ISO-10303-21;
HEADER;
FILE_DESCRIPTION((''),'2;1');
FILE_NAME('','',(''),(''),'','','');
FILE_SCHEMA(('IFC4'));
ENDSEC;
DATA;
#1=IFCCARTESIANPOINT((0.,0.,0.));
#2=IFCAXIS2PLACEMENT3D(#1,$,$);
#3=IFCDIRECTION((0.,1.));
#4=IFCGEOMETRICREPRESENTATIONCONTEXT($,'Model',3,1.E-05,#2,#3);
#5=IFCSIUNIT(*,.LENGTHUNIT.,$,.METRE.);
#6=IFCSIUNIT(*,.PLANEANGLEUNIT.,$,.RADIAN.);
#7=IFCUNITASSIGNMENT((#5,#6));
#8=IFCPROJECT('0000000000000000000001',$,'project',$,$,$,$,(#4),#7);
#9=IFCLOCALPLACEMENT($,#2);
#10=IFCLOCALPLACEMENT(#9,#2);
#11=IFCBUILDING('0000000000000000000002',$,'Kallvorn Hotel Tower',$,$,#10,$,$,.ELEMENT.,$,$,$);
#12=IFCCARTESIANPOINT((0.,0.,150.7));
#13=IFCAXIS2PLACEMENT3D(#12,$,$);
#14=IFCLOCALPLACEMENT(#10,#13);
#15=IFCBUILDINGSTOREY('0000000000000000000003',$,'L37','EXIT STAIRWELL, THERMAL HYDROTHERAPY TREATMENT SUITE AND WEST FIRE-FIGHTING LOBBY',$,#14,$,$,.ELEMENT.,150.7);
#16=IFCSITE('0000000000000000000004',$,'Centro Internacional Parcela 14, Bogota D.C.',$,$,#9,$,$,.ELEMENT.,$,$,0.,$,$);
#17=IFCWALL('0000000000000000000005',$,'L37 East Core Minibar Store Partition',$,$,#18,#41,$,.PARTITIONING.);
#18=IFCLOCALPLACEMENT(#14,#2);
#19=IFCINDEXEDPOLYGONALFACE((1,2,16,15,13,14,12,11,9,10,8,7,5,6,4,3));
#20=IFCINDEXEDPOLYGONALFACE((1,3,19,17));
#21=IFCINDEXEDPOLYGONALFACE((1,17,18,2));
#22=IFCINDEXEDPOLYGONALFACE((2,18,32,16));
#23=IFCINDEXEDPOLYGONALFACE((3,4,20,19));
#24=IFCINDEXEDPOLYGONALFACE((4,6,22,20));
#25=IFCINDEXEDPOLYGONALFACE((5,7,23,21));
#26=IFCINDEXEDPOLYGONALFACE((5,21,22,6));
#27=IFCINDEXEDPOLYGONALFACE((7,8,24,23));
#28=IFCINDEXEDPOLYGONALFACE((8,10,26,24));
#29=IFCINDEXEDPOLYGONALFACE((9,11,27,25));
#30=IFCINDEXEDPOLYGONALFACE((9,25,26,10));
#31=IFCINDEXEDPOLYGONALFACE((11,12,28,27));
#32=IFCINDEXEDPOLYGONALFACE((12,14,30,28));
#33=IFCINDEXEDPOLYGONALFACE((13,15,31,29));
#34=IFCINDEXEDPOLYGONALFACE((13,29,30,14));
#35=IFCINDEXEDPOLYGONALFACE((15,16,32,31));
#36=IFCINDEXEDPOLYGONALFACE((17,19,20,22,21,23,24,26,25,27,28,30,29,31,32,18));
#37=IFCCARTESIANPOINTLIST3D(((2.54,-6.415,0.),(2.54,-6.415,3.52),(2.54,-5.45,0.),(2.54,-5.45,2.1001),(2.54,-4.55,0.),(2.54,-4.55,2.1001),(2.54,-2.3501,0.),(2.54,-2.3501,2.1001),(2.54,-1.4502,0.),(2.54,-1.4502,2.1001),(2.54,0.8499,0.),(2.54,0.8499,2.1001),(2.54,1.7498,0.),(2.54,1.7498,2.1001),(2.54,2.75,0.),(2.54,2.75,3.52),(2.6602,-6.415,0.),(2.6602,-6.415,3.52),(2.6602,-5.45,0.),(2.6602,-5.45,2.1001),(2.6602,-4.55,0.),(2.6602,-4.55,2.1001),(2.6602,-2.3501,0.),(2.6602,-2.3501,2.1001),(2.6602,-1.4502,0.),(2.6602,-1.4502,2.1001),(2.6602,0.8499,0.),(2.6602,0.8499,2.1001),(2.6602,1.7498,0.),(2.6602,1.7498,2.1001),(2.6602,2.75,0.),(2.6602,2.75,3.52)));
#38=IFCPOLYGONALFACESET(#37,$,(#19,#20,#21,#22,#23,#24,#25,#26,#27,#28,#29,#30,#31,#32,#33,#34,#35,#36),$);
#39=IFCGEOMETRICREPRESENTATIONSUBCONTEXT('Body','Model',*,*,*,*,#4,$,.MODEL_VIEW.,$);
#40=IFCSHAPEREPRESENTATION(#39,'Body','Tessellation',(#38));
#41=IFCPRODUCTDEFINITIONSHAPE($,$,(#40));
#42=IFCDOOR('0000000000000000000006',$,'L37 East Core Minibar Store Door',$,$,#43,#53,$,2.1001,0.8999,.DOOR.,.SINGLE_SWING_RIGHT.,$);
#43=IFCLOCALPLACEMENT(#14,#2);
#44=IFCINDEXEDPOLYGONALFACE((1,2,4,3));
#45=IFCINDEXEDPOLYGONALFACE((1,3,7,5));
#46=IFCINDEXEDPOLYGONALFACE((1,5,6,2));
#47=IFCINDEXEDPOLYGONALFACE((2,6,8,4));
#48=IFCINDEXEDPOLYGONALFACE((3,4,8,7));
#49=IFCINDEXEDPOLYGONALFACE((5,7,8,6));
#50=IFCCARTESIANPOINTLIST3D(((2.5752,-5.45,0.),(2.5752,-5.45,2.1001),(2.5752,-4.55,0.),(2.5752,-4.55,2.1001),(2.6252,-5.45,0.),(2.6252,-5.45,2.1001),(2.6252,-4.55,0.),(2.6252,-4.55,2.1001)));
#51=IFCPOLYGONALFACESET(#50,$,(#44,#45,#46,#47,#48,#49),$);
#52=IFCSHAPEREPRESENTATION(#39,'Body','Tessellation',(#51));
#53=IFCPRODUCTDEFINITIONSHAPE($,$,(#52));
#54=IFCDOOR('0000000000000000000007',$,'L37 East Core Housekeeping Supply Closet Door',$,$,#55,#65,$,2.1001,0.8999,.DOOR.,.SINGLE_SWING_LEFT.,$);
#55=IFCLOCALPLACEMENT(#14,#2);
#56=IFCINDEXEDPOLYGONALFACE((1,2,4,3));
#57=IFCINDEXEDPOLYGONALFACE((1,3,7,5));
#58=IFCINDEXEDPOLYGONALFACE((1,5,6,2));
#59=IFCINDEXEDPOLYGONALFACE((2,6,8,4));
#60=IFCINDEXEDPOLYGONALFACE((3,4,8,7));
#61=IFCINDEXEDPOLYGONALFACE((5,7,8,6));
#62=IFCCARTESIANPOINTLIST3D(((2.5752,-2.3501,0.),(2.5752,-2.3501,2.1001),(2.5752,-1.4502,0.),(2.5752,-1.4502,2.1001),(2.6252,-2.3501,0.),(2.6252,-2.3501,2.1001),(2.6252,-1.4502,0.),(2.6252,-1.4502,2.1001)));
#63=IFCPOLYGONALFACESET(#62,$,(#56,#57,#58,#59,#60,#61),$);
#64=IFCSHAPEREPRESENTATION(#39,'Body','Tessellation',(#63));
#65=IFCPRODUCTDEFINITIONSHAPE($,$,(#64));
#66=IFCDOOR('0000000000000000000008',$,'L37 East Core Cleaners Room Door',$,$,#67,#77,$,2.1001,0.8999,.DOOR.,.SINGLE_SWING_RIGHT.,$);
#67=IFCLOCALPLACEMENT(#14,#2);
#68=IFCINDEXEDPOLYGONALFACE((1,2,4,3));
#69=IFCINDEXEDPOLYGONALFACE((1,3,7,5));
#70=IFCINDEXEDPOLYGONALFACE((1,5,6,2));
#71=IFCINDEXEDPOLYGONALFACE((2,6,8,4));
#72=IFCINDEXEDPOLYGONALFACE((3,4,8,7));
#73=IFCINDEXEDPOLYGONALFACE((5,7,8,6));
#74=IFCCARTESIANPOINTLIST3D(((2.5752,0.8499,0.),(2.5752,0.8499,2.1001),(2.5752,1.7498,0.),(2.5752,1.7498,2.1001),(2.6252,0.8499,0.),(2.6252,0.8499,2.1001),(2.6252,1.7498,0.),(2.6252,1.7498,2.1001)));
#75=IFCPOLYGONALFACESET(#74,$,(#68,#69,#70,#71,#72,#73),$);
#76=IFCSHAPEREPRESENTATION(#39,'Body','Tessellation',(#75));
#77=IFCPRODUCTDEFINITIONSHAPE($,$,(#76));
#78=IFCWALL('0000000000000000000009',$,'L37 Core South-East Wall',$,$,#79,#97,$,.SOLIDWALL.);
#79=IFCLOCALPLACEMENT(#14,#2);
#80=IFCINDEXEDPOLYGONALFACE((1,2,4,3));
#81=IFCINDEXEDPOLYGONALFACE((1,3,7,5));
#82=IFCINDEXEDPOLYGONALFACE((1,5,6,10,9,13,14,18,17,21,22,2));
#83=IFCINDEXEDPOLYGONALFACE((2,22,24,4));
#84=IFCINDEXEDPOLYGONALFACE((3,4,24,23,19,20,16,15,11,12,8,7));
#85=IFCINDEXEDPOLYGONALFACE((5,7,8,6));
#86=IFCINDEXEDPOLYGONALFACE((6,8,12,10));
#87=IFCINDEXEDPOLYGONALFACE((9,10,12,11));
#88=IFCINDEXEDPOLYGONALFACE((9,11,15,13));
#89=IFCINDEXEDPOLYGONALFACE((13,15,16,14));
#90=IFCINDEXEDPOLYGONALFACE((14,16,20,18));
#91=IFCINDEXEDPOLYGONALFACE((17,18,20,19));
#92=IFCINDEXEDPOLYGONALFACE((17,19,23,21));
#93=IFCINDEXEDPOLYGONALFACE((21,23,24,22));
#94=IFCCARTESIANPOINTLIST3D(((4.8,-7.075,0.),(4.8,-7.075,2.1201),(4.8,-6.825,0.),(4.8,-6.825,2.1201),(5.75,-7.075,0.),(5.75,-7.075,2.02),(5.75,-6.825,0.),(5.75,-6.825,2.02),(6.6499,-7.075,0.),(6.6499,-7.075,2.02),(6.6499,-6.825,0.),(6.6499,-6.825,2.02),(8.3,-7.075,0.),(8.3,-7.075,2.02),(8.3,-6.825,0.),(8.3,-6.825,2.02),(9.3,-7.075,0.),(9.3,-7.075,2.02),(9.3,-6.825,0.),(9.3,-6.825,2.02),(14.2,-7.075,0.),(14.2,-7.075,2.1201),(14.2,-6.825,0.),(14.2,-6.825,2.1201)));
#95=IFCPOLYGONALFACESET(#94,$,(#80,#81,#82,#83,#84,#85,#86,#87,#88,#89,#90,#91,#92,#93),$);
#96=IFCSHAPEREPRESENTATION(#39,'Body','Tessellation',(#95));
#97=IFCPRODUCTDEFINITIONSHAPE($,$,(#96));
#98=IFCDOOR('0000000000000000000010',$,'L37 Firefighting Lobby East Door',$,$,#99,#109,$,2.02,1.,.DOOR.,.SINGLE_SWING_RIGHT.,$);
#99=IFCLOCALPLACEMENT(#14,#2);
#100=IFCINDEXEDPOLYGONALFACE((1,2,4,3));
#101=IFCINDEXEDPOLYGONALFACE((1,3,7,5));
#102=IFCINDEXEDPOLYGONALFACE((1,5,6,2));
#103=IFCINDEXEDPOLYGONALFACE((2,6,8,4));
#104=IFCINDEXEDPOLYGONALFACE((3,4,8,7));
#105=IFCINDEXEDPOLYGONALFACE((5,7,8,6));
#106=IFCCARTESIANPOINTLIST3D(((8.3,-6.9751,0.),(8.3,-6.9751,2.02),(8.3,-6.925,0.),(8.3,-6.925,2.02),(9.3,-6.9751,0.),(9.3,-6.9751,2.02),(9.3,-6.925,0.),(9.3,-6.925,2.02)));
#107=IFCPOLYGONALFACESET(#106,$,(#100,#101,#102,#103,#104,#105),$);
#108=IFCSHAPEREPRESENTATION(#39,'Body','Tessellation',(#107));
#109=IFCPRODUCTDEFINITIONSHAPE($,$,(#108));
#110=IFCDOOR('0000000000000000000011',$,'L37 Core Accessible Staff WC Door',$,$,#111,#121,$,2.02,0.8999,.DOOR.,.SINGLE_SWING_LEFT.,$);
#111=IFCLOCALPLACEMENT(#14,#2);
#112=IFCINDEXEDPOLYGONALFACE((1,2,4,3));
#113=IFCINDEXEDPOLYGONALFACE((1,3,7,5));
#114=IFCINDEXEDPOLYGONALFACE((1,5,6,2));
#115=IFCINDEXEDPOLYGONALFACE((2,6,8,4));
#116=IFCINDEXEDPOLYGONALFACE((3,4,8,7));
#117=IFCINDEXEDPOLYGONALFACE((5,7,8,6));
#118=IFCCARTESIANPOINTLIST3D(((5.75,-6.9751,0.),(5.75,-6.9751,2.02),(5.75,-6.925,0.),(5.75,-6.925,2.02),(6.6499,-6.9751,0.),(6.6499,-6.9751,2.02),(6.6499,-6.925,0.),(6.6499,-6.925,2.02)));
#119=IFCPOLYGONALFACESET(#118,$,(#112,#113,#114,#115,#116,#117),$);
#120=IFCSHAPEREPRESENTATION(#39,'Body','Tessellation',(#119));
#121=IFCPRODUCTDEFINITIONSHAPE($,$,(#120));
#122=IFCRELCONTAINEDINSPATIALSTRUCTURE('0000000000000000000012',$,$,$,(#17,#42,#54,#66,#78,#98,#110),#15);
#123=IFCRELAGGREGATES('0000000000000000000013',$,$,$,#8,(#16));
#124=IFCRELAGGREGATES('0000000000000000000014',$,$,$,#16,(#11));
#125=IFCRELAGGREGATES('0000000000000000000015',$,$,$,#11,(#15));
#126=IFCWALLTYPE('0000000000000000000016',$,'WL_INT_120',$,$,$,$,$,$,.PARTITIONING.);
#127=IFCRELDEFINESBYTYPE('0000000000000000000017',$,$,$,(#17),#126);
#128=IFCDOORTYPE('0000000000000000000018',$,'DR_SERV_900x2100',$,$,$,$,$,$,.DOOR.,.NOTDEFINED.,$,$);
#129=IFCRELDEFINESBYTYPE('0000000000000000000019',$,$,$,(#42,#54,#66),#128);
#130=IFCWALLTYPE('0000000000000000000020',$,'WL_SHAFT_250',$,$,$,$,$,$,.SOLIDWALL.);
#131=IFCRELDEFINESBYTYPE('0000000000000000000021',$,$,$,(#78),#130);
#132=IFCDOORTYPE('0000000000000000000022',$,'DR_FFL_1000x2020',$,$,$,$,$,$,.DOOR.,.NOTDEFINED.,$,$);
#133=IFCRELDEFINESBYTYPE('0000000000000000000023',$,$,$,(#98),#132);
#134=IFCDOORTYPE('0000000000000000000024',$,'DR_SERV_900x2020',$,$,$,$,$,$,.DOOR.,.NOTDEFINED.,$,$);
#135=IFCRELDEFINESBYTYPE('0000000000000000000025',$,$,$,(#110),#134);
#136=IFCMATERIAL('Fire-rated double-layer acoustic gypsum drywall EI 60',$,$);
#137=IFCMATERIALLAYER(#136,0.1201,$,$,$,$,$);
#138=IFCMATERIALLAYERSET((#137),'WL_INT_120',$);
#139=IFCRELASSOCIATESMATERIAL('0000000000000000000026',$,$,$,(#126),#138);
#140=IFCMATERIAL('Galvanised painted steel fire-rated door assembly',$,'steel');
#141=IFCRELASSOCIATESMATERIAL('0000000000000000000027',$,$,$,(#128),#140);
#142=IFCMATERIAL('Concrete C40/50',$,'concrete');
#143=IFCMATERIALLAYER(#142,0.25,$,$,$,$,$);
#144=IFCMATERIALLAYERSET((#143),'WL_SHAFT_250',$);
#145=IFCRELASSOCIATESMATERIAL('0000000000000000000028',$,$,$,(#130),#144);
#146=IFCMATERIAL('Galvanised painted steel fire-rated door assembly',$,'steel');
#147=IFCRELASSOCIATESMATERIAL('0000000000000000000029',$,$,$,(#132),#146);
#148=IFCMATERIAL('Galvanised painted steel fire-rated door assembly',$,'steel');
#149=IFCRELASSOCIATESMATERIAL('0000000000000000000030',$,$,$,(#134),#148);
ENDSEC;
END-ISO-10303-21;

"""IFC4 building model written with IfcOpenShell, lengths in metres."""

from ifc_helpers import new_model, si_unit, direction, frame, frame_2d, origin, place, context, subcontext, project, spatial, rectangle, extrude, material, layer, layer_set, type_object, element, fill, save


model = new_model("IFC4")

# Units and contexts
model_context = context("Model", 3, precision=1e-05, world=origin(), true_north=direction((0.0, 1.0)))
body_context = subcontext(model_context, "Body", "Model", "MODEL_VIEW")
ifc_project = project(units=[si_unit("LENGTHUNIT", "METRE"), si_unit("PLANEANGLEUNIT", "RADIAN")], contexts=[model_context])

# Site, building, storey
site_placement = place(None, origin())
site = spatial("IfcSite", under=ifc_project, at=site_placement, Name="Centro Internacional Parcela 14, Bogota D.C.", CompositionType="ELEMENT", RefElevation=0.0)
building_placement = place(site_placement, origin())
building = spatial("IfcBuilding", under=site, at=building_placement, Name="Kallvorn Hotel Tower", CompositionType="ELEMENT")
storey_placement = place(building_placement, frame((0.0, 0.0, 150.7)))
storey = spatial("IfcBuildingStorey", under=building, at=storey_placement, Name="L37", Description="EXIT STAIRWELL, THERMAL HYDROTHERAPY TREATMENT SUITE AND WEST FIRE-FIGHTING LOBBY", CompositionType="ELEMENT", Elevation=150.7)

# Shared definitions
ifc_material_1 = material(Name="Fire-rated double-layer acoustic gypsum drywall EI 60")
ifc_layer_1 = layer(ifc_material_1, 0.1201)
ifc_layer_set_1 = layer_set([ifc_layer_1], Name="WL_INT_120")
wall_type_1 = type_object("IfcWallType", Name="WL_INT_120", PredefinedType="PARTITIONING", material=ifc_layer_set_1)

# Walls, openings, doors
wall_1_placement = place(storey_placement, frame((2.6001, -6.415, 0.0), z_axis=(0.0, 0.0, 1.0), x_axis=(0.0, 1.0, 0.0)))
wall_1 = element("IfcWall", 1, at=wall_1_placement, inside=storey, type_object=wall_type_1, Name="L37 East Core Minibar Store Partition", PredefinedType="PARTITIONING", context=body_context, shape_type="SweptSolid", body=[
    extrude(rectangle(XDim=9.165, YDim=0.1201, at=frame_2d((4.5825, 0.0))), origin(), (0.0, 0.0, 1.0), 3.52),
])
opening_1_placement = place(wall_1_placement, frame((0.9651, 0.0, 0.0)))
opening_1 = element("IfcOpeningElement", 2, at=opening_1_placement, cuts=wall_1, PredefinedType="OPENING", context=body_context, shape_type="SweptSolid", body=[
    extrude(rectangle(XDim=0.8999, YDim=2.1001, at=frame_2d((0.45, 1.05))), frame((0.0, 0.075, 0.0), z_axis=(0.0, -1.0, 0.0), x_axis=(1.0, 0.0, 0.0)), (0.0, 0.0, 1.0), 0.1501),
])
opening_2_placement = place(wall_1_placement, frame((4.0649, 0.0, 0.0)))
opening_2 = element("IfcOpeningElement", 3, at=opening_2_placement, cuts=wall_1, PredefinedType="OPENING", context=body_context, shape_type="SweptSolid", body=[
    extrude(rectangle(XDim=0.8999, YDim=2.1001, at=frame_2d((0.45, 1.05))), frame((0.0, 0.075, 0.0), z_axis=(0.0, -1.0, 0.0), x_axis=(1.0, 0.0, 0.0)), (0.0, 0.0, 1.0), 0.1501),
])
opening_3_placement = place(wall_1_placement, frame((7.2649, 0.0, 0.0)))
opening_3 = element("IfcOpeningElement", 4, at=opening_3_placement, cuts=wall_1, PredefinedType="OPENING", context=body_context, shape_type="SweptSolid", body=[
    extrude(rectangle(XDim=0.8999, YDim=2.1001, at=frame_2d((0.45, 1.05))), frame((0.0, 0.075, 0.0), z_axis=(0.0, -1.0, 0.0), x_axis=(1.0, 0.0, 0.0)), (0.0, 0.0, 1.0), 0.1501),
])
ifc_material_2 = material(Name="Galvanised painted steel fire-rated door assembly", Category="steel")
door_type_1 = type_object("IfcDoorType", Name="DR_SERV_900x2100", OperationType="NOTDEFINED", PredefinedType="DOOR", material=ifc_material_2)
door_1_placement = place(opening_1_placement, origin())
door_1 = element("IfcDoor", 5, at=door_1_placement, inside=storey, type_object=door_type_1, Name="L37 East Core Minibar Store Door", OperationType="SINGLE_SWING_RIGHT", OverallHeight=2.1001, OverallWidth=0.8999, PredefinedType="DOOR", context=body_context, shape_type="SweptSolid", body=[
    extrude(rectangle(XDim=0.8999, YDim=2.1001, at=frame_2d((0.45, 1.05))), frame((0.0, 0.0249, 0.0), z_axis=(0.0, -1.0, 0.0), x_axis=(1.0, 0.0, 0.0)), (0.0, 0.0, 1.0), 0.05),
])
fill(opening_1, door_1)
door_2_placement = place(opening_2_placement, origin())
door_2 = element("IfcDoor", 6, at=door_2_placement, inside=storey, type_object=door_type_1, Name="L37 East Core Housekeeping Supply Closet Door", OperationType="SINGLE_SWING_LEFT", OverallHeight=2.1001, OverallWidth=0.8999, PredefinedType="DOOR", context=body_context, shape_type="SweptSolid", body=[
    extrude(rectangle(XDim=0.8999, YDim=2.1001, at=frame_2d((0.45, 1.05))), frame((0.0, 0.0249, 0.0), z_axis=(0.0, -1.0, 0.0), x_axis=(1.0, 0.0, 0.0)), (0.0, 0.0, 1.0), 0.05),
])
fill(opening_2, door_2)
door_3_placement = place(opening_3_placement, origin())
door_3 = element("IfcDoor", 7, at=door_3_placement, inside=storey, type_object=door_type_1, Name="L37 East Core Cleaners Room Door", OperationType="SINGLE_SWING_RIGHT", OverallHeight=2.1001, OverallWidth=0.8999, PredefinedType="DOOR", context=body_context, shape_type="SweptSolid", body=[
    extrude(rectangle(XDim=0.8999, YDim=2.1001, at=frame_2d((0.45, 1.05))), frame((0.0, 0.0249, 0.0), z_axis=(0.0, -1.0, 0.0), x_axis=(1.0, 0.0, 0.0)), (0.0, 0.0, 1.0), 0.05),
])
fill(opening_3, door_3)
ifc_material_3 = material(Name="Concrete C40/50", Category="concrete")
ifc_layer_2 = layer(ifc_material_3, 0.25)
ifc_layer_set_2 = layer_set([ifc_layer_2], Name="WL_SHAFT_250")
wall_type_2 = type_object("IfcWallType", Name="WL_SHAFT_250", PredefinedType="SOLIDWALL", material=ifc_layer_set_2)
wall_2_placement = place(storey_placement, frame((4.8, -6.95, 0.0), z_axis=(0.0, 0.0, 1.0), x_axis=(1.0, 0.0, 0.0)))
wall_2 = element("IfcWall", 8, at=wall_2_placement, inside=storey, type_object=wall_type_2, Name="L37 Core South-East Wall", PredefinedType="SOLIDWALL", context=body_context, shape_type="SweptSolid", body=[
    extrude(rectangle(XDim=9.3999, YDim=0.25, at=frame_2d((4.7, 0.0))), origin(), (0.0, 0.0, 1.0), 2.1201),
])
opening_4_placement = place(wall_2_placement, frame((3.5, 0.0, 0.0)))
opening_4 = element("IfcOpeningElement", 9, at=opening_4_placement, cuts=wall_2, PredefinedType="OPENING", context=body_context, shape_type="SweptSolid", body=[
    extrude(rectangle(XDim=1.0, YDim=2.02, at=frame_2d((0.5, 1.01))), frame((0.0, 0.1399, 0.0), z_axis=(0.0, -1.0, 0.0), x_axis=(1.0, 0.0, 0.0)), (0.0, 0.0, 1.0), 0.28),
])
opening_5_placement = place(wall_2_placement, frame((0.95, 0.0, 0.0)))
opening_5 = element("IfcOpeningElement", 10, at=opening_5_placement, cuts=wall_2, PredefinedType="OPENING", context=body_context, shape_type="SweptSolid", body=[
    extrude(rectangle(XDim=0.8999, YDim=2.02, at=frame_2d((0.45, 1.01))), frame((0.0, 0.1399, 0.0), z_axis=(0.0, -1.0, 0.0), x_axis=(1.0, 0.0, 0.0)), (0.0, 0.0, 1.0), 0.28),
])
ifc_material_4 = material(Name="Galvanised painted steel fire-rated door assembly", Category="steel")
door_type_2 = type_object("IfcDoorType", Name="DR_FFL_1000x2020", OperationType="NOTDEFINED", PredefinedType="DOOR", material=ifc_material_4)
door_4_placement = place(opening_4_placement, origin())
door_4 = element("IfcDoor", 11, at=door_4_placement, inside=storey, type_object=door_type_2, Name="L37 Firefighting Lobby East Door", OperationType="SINGLE_SWING_RIGHT", OverallHeight=2.02, OverallWidth=1.0, PredefinedType="DOOR", context=body_context, shape_type="SweptSolid", body=[
    extrude(rectangle(XDim=1.0, YDim=2.02, at=frame_2d((0.5, 1.01))), frame((0.0, 0.0249, 0.0), z_axis=(0.0, -1.0, 0.0), x_axis=(1.0, 0.0, 0.0)), (0.0, 0.0, 1.0), 0.05),
])
fill(opening_4, door_4)
ifc_material_5 = material(Name="Galvanised painted steel fire-rated door assembly", Category="steel")
door_type_3 = type_object("IfcDoorType", Name="DR_SERV_900x2020", OperationType="NOTDEFINED", PredefinedType="DOOR", material=ifc_material_5)
door_5_placement = place(opening_5_placement, origin())
door_5 = element("IfcDoor", 12, at=door_5_placement, inside=storey, type_object=door_type_3, Name="L37 Core Accessible Staff WC Door", OperationType="SINGLE_SWING_LEFT", OverallHeight=2.02, OverallWidth=0.8999, PredefinedType="DOOR", context=body_context, shape_type="SweptSolid", body=[
    extrude(rectangle(XDim=0.8999, YDim=2.02, at=frame_2d((0.45, 1.01))), frame((0.0, 0.0249, 0.0), z_axis=(0.0, -1.0, 0.0), x_axis=(1.0, 0.0, 0.0)), (0.0, 0.0, 1.0), 0.05),
])
fill(opening_5, door_5)

save(model, "model.ifc")
